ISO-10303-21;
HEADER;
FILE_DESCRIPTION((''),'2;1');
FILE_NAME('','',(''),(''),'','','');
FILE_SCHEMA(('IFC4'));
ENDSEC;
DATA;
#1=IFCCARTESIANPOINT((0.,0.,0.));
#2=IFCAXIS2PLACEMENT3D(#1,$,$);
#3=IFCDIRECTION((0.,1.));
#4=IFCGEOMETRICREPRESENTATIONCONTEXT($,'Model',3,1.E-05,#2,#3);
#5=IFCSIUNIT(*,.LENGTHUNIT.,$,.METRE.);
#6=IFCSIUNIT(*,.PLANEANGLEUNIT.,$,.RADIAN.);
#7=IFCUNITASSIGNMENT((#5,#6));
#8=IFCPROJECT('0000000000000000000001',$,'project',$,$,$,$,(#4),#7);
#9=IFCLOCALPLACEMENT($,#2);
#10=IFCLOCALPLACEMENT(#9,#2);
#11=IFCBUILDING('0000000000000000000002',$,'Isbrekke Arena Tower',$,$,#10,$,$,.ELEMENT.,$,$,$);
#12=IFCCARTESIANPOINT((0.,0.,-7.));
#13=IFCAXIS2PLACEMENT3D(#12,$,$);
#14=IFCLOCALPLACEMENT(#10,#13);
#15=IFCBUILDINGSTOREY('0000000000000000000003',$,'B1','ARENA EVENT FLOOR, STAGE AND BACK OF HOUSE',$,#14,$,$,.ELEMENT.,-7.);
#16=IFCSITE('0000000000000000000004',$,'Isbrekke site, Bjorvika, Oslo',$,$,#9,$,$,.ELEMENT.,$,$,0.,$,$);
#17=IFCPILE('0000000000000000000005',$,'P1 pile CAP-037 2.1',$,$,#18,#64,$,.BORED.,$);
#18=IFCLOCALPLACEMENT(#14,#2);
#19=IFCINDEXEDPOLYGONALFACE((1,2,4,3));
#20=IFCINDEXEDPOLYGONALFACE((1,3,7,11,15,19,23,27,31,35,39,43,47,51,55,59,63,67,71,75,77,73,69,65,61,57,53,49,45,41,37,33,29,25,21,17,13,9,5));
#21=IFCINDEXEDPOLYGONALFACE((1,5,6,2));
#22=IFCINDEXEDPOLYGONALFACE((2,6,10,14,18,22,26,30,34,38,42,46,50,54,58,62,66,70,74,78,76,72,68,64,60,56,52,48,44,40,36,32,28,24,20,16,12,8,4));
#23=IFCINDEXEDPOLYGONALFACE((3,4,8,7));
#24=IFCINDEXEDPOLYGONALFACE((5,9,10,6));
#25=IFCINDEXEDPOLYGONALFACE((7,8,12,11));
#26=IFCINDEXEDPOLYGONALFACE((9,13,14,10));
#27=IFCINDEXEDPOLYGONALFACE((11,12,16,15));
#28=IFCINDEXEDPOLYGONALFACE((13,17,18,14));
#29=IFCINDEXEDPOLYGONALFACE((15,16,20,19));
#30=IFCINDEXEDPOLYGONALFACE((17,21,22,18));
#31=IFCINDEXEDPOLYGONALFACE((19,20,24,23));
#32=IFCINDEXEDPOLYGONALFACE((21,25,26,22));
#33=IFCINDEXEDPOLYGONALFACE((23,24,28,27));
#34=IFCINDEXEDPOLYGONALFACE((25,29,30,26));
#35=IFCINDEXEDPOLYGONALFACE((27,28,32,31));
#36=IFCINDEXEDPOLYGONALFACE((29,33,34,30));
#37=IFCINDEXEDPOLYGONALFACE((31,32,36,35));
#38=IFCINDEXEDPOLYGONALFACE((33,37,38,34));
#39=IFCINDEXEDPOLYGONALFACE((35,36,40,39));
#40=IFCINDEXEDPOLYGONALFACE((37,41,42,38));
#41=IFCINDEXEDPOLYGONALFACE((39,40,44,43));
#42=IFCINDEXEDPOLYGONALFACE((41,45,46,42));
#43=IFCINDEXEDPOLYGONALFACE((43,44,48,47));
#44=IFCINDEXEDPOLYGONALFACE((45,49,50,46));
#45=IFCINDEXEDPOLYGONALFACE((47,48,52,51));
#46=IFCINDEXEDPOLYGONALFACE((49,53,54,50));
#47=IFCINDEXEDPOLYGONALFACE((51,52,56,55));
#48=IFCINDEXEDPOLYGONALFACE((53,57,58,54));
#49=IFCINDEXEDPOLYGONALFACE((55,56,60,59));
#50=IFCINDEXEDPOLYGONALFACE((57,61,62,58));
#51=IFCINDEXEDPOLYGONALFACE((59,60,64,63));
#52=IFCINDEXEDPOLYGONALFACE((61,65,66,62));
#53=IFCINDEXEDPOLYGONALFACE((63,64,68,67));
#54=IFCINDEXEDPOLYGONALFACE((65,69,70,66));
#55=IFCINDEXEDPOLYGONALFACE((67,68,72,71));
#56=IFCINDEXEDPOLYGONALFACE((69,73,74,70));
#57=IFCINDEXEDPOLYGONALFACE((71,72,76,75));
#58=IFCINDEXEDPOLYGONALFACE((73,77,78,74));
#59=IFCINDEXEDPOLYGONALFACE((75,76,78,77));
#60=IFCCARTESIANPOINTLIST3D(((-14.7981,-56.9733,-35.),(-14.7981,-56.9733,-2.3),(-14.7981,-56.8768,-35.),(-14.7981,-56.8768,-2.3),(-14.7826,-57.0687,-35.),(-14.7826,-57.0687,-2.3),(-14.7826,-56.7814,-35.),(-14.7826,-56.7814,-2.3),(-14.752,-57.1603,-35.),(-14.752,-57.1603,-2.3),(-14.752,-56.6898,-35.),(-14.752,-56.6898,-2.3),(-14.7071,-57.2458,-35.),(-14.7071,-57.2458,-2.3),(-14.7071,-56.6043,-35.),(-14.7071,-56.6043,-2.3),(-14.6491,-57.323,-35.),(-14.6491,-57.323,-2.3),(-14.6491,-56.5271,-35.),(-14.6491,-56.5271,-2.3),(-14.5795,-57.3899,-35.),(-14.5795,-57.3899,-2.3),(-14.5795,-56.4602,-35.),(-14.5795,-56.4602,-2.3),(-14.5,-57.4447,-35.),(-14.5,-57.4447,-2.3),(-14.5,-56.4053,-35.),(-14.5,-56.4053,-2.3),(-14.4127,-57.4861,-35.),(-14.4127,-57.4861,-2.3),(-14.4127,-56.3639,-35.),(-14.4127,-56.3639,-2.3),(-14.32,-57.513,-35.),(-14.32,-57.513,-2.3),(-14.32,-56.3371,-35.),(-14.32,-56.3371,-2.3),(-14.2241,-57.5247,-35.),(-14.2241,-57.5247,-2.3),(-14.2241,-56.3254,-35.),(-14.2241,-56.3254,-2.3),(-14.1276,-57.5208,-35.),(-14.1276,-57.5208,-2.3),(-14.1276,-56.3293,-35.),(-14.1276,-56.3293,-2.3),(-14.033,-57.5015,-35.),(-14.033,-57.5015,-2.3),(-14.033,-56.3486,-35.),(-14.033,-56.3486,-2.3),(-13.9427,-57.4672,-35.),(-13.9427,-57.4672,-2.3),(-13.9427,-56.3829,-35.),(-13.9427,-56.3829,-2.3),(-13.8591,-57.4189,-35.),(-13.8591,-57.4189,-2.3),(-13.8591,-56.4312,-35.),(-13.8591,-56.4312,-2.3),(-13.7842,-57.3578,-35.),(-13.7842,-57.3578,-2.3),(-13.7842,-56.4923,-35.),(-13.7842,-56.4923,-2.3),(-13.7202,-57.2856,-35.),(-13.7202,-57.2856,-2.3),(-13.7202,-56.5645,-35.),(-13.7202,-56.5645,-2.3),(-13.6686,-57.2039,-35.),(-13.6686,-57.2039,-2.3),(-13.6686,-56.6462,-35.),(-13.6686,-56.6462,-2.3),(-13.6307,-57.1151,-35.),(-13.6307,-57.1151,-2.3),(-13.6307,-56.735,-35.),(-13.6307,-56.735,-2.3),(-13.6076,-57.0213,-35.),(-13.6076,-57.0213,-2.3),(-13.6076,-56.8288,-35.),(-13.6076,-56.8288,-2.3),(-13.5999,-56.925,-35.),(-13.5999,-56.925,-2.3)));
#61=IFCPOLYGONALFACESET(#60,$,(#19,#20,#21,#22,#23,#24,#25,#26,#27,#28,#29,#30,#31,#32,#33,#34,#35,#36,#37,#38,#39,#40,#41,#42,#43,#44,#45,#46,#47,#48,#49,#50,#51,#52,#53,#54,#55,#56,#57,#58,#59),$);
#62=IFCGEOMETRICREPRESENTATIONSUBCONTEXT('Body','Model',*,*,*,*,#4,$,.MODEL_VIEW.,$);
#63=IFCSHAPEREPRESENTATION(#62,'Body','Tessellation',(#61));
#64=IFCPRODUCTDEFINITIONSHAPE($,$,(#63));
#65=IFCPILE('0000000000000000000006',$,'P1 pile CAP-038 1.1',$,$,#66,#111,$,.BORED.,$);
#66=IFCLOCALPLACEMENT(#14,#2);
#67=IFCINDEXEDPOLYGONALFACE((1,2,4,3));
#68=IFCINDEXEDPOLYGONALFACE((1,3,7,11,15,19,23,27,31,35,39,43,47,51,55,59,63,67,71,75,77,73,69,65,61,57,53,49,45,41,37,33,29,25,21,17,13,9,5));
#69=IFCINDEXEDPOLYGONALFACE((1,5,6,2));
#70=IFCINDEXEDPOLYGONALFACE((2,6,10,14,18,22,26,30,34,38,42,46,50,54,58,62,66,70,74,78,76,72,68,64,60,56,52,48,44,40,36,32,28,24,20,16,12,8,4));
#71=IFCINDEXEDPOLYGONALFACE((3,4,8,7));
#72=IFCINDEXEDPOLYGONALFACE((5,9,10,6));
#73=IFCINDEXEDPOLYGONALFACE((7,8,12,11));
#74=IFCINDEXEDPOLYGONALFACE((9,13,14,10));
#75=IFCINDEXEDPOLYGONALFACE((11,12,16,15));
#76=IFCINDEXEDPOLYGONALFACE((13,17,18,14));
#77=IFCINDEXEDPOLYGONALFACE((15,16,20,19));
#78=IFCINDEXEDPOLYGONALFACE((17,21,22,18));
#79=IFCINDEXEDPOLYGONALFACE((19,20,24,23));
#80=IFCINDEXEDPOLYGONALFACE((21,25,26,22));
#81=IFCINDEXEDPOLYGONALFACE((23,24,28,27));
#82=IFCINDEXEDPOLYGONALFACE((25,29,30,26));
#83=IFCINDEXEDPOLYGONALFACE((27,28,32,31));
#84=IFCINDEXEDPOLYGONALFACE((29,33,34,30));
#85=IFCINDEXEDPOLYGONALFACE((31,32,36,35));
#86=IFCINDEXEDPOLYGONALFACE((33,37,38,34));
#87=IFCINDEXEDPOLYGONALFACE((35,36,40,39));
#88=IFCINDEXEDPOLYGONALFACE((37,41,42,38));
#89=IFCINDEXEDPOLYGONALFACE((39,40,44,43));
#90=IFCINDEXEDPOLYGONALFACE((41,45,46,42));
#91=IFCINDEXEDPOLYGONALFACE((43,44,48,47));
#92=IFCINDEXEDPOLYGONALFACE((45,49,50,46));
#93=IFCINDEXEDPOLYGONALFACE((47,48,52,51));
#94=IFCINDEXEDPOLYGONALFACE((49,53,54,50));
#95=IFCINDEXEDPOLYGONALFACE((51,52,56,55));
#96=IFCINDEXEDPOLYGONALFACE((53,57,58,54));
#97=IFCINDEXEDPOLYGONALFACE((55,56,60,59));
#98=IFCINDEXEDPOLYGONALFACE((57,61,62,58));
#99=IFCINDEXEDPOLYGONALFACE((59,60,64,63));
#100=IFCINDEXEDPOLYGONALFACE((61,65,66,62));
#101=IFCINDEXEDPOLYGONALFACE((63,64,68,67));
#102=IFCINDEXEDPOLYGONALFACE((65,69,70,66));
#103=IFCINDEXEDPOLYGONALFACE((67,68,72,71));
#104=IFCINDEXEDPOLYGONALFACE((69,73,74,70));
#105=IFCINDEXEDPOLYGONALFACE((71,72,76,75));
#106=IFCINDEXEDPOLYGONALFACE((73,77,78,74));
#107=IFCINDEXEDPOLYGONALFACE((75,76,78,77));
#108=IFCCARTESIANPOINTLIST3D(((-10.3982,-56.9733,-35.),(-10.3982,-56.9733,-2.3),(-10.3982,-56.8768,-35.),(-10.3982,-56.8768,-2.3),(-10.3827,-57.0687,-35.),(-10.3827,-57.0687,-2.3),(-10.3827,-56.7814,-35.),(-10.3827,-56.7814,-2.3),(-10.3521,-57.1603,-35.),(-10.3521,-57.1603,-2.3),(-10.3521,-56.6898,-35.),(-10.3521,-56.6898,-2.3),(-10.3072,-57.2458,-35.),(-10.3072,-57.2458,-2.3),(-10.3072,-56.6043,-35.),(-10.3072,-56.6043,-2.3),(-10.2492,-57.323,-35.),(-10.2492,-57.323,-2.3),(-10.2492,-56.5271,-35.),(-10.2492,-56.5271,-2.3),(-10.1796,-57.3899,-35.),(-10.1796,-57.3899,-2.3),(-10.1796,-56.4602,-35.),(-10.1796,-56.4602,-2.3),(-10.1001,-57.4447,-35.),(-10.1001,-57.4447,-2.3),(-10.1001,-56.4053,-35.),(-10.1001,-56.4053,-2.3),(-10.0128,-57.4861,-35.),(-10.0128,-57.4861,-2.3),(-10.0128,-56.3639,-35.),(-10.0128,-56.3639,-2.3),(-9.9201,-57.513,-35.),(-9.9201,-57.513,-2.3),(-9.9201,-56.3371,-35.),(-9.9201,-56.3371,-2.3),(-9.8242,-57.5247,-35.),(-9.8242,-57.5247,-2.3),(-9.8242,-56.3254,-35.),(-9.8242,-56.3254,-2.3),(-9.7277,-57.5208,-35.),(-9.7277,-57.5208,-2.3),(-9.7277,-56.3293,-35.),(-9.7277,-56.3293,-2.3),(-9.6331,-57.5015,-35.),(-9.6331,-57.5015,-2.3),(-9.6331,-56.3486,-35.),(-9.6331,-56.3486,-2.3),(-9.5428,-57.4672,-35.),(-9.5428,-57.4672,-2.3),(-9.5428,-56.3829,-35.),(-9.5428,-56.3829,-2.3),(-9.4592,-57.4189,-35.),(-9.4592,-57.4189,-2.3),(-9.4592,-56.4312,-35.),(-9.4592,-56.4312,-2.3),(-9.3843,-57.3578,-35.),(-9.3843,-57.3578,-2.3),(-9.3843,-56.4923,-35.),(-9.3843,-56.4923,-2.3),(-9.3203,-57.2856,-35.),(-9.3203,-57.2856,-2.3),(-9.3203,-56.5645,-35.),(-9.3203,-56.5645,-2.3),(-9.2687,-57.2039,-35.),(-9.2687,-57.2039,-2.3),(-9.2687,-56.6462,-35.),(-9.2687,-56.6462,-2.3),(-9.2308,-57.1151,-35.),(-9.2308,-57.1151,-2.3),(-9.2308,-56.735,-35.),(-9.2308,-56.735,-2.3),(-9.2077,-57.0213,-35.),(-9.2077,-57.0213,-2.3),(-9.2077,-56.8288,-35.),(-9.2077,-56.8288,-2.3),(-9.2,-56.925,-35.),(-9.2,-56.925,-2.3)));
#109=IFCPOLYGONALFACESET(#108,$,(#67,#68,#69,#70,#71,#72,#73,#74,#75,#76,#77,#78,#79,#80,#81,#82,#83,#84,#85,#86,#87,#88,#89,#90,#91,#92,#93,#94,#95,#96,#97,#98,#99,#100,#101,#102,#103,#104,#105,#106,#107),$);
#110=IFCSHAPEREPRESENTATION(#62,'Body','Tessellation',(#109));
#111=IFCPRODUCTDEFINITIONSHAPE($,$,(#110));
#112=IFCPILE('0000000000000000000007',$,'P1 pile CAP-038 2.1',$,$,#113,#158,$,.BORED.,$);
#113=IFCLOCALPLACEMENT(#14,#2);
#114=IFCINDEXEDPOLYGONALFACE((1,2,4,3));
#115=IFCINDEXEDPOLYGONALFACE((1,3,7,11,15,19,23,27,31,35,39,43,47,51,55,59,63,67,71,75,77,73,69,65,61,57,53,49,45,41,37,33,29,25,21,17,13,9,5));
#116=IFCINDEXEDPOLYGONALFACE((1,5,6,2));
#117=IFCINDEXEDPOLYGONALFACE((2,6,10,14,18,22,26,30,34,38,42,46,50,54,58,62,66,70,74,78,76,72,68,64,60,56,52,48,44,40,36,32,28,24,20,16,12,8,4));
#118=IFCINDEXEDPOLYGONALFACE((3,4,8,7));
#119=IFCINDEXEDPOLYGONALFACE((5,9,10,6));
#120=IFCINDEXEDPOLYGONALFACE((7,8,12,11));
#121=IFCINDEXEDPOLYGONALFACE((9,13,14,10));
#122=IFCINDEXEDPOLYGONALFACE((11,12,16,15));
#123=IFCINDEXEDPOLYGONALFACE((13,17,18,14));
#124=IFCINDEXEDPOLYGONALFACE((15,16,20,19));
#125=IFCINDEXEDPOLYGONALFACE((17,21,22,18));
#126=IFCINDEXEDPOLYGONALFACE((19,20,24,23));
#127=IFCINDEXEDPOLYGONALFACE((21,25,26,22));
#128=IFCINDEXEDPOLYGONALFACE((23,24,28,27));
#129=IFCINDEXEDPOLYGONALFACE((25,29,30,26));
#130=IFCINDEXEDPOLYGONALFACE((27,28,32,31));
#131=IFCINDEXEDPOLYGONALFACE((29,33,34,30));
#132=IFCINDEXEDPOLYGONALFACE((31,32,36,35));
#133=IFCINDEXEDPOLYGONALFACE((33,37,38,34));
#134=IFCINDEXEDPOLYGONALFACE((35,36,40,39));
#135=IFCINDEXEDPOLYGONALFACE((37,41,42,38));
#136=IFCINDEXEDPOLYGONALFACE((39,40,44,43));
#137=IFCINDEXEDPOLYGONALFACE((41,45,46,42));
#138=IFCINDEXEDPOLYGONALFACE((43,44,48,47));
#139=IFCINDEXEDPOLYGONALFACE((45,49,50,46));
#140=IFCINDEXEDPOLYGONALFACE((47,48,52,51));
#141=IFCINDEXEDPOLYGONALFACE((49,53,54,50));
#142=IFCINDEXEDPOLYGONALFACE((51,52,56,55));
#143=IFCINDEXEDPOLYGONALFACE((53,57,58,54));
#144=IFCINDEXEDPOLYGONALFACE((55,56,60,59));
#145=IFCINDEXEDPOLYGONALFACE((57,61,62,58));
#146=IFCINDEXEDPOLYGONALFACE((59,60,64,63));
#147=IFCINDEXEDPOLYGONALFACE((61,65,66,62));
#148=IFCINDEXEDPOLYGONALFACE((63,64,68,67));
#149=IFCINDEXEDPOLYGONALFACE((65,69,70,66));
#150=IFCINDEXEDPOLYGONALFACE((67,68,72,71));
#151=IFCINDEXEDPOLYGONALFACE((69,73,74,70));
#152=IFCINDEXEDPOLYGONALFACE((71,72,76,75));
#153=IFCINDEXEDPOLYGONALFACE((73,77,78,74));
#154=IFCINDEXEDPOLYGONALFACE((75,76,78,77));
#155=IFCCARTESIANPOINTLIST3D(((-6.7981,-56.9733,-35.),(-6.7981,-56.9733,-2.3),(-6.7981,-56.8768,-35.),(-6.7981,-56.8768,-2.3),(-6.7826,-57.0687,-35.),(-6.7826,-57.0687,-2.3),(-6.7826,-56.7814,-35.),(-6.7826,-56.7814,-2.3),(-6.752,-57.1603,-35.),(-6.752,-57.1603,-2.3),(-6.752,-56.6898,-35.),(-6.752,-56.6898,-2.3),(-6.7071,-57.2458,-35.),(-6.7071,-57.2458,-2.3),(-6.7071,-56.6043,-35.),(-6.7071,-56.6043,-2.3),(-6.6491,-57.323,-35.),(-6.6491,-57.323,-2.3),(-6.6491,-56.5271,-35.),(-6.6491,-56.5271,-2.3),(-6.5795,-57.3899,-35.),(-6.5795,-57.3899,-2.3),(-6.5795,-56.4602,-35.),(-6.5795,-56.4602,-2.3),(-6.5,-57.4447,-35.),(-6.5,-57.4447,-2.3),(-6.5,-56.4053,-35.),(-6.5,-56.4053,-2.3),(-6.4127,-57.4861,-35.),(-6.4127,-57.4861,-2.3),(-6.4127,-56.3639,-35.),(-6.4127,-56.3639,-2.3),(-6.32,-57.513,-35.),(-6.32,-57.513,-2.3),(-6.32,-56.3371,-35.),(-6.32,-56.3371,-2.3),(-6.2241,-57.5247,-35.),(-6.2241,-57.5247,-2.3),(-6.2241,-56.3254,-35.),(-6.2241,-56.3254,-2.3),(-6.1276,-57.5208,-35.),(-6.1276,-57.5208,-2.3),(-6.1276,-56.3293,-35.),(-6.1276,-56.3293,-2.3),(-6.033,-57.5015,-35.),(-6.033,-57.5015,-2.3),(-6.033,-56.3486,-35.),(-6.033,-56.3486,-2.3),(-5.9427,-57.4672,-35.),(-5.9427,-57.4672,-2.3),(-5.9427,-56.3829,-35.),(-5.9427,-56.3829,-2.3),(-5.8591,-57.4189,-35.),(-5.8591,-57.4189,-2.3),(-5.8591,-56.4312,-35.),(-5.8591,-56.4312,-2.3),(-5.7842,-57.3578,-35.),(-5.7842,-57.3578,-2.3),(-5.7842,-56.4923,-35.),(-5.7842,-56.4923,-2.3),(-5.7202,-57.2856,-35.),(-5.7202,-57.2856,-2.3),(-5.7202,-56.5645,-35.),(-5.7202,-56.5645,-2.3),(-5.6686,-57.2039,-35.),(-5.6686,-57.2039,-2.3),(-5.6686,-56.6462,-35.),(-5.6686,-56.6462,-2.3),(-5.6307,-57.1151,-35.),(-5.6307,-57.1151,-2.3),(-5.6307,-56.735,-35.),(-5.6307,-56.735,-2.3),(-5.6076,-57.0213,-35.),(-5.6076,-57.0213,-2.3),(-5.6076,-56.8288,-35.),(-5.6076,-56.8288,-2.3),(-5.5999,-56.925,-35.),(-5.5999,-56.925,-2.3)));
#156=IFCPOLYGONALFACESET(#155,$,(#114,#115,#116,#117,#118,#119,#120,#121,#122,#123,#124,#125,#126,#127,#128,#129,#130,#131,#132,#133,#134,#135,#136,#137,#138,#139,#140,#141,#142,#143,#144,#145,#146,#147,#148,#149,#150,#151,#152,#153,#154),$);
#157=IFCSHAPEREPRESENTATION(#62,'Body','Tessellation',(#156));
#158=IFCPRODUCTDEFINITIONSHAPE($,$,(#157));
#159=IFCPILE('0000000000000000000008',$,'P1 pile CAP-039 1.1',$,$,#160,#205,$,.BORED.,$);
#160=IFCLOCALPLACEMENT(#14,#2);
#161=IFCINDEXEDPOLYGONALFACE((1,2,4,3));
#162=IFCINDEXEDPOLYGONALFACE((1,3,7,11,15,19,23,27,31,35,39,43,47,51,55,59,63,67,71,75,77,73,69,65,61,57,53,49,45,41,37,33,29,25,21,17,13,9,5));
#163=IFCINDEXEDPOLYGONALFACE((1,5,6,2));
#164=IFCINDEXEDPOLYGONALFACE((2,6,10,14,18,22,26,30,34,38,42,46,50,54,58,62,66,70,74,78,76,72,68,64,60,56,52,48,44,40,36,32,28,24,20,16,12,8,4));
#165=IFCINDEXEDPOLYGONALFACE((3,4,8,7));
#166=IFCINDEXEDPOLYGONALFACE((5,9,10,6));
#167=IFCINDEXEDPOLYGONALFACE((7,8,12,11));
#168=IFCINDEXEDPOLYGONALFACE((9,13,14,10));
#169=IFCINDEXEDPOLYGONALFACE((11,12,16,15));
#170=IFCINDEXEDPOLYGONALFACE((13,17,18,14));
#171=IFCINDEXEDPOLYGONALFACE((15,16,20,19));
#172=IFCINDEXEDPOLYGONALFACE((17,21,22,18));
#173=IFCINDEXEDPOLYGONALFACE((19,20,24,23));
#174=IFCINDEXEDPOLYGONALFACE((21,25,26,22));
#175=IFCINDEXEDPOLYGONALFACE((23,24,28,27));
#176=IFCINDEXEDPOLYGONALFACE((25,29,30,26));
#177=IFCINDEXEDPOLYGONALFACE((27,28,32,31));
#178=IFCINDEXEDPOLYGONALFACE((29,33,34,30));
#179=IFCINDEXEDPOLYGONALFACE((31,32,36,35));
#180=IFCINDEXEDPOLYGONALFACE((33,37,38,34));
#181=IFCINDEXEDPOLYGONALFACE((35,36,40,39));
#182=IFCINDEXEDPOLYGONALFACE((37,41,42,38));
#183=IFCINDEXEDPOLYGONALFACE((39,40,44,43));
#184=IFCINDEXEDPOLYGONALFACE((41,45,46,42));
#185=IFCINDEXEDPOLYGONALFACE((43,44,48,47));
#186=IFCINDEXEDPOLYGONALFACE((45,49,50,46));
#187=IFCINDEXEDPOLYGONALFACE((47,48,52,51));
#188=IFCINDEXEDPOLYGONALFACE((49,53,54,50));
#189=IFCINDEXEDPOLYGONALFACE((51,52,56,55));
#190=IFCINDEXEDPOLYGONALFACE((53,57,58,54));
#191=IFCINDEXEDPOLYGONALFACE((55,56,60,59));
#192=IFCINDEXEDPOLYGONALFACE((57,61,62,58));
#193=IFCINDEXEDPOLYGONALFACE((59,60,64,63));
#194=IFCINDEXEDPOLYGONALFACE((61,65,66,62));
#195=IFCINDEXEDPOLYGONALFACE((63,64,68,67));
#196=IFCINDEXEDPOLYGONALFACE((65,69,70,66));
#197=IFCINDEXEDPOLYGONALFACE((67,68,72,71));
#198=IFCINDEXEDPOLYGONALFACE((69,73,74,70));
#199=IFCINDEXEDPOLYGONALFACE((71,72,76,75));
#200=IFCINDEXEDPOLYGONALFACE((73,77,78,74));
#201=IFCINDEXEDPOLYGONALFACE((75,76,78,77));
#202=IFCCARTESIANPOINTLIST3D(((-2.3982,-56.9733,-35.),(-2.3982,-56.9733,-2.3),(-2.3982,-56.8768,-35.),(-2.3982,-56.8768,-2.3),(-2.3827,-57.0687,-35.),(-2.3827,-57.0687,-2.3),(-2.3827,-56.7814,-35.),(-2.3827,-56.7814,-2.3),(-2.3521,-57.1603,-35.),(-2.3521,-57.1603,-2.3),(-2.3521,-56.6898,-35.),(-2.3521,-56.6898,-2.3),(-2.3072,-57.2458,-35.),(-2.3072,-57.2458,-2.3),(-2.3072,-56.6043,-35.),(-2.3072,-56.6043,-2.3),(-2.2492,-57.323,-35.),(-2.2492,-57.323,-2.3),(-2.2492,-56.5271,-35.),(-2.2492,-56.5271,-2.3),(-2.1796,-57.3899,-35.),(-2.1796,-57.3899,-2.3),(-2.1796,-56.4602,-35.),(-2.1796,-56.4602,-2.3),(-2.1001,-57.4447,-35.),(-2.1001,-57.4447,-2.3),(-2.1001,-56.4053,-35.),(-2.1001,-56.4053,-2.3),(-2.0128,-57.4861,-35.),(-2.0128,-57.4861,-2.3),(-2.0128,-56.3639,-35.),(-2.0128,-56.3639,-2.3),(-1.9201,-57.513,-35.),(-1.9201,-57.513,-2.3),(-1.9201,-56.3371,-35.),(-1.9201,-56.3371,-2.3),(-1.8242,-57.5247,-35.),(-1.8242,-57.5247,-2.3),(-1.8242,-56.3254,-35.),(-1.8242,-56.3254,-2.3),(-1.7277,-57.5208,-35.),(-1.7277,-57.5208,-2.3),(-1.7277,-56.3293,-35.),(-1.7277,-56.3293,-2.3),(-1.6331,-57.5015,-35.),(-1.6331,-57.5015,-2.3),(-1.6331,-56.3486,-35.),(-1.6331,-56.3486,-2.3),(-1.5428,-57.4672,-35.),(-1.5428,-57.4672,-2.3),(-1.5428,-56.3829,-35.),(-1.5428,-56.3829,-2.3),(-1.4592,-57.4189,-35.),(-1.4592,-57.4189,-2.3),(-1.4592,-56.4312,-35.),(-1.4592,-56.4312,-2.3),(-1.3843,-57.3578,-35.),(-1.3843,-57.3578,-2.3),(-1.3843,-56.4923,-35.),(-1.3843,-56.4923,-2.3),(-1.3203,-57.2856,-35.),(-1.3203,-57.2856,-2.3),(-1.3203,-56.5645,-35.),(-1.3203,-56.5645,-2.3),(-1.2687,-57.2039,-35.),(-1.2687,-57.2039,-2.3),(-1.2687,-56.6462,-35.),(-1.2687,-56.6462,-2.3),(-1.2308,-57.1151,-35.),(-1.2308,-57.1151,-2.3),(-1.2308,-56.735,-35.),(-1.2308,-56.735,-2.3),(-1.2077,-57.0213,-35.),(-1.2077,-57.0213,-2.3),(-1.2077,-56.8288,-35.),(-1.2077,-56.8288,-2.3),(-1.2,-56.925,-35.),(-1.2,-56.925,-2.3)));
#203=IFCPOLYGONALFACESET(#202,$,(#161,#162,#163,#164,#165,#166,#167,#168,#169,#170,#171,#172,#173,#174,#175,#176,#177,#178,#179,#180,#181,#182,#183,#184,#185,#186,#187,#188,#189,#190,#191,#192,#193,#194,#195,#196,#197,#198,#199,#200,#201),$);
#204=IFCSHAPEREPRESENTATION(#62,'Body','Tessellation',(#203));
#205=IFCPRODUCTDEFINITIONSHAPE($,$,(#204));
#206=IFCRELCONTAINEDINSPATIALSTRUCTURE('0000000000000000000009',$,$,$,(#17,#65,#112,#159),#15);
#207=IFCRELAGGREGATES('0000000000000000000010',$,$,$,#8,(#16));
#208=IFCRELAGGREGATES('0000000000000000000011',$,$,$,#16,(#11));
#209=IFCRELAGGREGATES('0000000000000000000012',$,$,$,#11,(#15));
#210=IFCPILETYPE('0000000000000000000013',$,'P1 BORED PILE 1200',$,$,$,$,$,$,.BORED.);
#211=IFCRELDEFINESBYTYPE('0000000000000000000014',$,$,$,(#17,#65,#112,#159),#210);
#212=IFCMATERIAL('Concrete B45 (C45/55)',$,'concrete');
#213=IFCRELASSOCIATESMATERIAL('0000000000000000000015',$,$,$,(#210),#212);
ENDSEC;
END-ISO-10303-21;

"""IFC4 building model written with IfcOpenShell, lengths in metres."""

from ifc_helpers import new_model, si_unit, direction, frame, origin, origin_2d, place, context, subcontext, project, spatial, circle, extrude, material, material_profile, profile_set, type_object, element, save


model = new_model("IFC4")

# Units and contexts
model_context = context("Model", 3, precision=1e-05, world=origin(), true_north=direction((0.0, 1.0)))
body_context = subcontext(model_context, "Body", "Model", "MODEL_VIEW")
ifc_project = project(units=[si_unit("LENGTHUNIT", "METRE"), si_unit("PLANEANGLEUNIT", "RADIAN")], contexts=[model_context])

# Site, building, storey
site_placement = place(None, origin())
site = spatial("IfcSite", under=ifc_project, at=site_placement, Name="Isbrekke site, Bjorvika, Oslo", CompositionType="ELEMENT", RefElevation=0.0)
building_placement = place(site_placement, origin())
building = spatial("IfcBuilding", under=site, at=building_placement, Name="Isbrekke Arena Tower", CompositionType="ELEMENT")
storey_placement = place(building_placement, frame((0.0, 0.0, -7.0)))
storey = spatial("IfcBuildingStorey", under=building, at=storey_placement, Name="B1", Description="ARENA EVENT FLOOR, STAGE AND BACK OF HOUSE", CompositionType="ELEMENT", Elevation=-7.0)

# Piles
ifc_material_1 = material(Name="Concrete B45 (C45/55)", Category="concrete")
ifc_material_profile_1 = material_profile(ifc_material_1, circle(Radius=0.6001, at=origin_2d()), Name="BORED PILE D1200")
ifc_profile_set_1 = profile_set([ifc_material_profile_1], Name="Concrete B45 (C45/55)")
pile_type = type_object("IfcPileType", Name="P1 BORED PILE 1200", PredefinedType="BORED", material=ifc_profile_set_1)
for number, where, z_axis, x_axis, name in (
    (1, (-14.2, -56.925, -2.3), (0.0, 0.0, -1.0), (1.0, 0.0, 0.0), "P1 pile CAP-037 2.1"),
    (2, (-9.8, -56.925, -2.3), (0.0, 0.0, -1.0), (1.0, 0.0, 0.0), "P1 pile CAP-038 1.1"),
    (3, (-6.2, -56.925, -2.3), (0.0, 0.0, -1.0), (1.0, 0.0, 0.0), "P1 pile CAP-038 2.1"),
    (4, (-1.8, -56.925, -2.3), (0.0, 0.0, -1.0), (1.0, 0.0, 0.0), "P1 pile CAP-039 1.1"),
):
    element("IfcPile", number, at=place(storey_placement, frame(where, z_axis=z_axis, x_axis=x_axis)), inside=storey, type_object=pile_type, Name=name, PredefinedType="BORED", context=body_context, shape_type="SweptSolid", body=[
        extrude(circle(Radius=0.6001, at=origin_2d()), origin(), (0.0, 0.0, 1.0), 32.7),
    ])

save(model, "model.ifc")
